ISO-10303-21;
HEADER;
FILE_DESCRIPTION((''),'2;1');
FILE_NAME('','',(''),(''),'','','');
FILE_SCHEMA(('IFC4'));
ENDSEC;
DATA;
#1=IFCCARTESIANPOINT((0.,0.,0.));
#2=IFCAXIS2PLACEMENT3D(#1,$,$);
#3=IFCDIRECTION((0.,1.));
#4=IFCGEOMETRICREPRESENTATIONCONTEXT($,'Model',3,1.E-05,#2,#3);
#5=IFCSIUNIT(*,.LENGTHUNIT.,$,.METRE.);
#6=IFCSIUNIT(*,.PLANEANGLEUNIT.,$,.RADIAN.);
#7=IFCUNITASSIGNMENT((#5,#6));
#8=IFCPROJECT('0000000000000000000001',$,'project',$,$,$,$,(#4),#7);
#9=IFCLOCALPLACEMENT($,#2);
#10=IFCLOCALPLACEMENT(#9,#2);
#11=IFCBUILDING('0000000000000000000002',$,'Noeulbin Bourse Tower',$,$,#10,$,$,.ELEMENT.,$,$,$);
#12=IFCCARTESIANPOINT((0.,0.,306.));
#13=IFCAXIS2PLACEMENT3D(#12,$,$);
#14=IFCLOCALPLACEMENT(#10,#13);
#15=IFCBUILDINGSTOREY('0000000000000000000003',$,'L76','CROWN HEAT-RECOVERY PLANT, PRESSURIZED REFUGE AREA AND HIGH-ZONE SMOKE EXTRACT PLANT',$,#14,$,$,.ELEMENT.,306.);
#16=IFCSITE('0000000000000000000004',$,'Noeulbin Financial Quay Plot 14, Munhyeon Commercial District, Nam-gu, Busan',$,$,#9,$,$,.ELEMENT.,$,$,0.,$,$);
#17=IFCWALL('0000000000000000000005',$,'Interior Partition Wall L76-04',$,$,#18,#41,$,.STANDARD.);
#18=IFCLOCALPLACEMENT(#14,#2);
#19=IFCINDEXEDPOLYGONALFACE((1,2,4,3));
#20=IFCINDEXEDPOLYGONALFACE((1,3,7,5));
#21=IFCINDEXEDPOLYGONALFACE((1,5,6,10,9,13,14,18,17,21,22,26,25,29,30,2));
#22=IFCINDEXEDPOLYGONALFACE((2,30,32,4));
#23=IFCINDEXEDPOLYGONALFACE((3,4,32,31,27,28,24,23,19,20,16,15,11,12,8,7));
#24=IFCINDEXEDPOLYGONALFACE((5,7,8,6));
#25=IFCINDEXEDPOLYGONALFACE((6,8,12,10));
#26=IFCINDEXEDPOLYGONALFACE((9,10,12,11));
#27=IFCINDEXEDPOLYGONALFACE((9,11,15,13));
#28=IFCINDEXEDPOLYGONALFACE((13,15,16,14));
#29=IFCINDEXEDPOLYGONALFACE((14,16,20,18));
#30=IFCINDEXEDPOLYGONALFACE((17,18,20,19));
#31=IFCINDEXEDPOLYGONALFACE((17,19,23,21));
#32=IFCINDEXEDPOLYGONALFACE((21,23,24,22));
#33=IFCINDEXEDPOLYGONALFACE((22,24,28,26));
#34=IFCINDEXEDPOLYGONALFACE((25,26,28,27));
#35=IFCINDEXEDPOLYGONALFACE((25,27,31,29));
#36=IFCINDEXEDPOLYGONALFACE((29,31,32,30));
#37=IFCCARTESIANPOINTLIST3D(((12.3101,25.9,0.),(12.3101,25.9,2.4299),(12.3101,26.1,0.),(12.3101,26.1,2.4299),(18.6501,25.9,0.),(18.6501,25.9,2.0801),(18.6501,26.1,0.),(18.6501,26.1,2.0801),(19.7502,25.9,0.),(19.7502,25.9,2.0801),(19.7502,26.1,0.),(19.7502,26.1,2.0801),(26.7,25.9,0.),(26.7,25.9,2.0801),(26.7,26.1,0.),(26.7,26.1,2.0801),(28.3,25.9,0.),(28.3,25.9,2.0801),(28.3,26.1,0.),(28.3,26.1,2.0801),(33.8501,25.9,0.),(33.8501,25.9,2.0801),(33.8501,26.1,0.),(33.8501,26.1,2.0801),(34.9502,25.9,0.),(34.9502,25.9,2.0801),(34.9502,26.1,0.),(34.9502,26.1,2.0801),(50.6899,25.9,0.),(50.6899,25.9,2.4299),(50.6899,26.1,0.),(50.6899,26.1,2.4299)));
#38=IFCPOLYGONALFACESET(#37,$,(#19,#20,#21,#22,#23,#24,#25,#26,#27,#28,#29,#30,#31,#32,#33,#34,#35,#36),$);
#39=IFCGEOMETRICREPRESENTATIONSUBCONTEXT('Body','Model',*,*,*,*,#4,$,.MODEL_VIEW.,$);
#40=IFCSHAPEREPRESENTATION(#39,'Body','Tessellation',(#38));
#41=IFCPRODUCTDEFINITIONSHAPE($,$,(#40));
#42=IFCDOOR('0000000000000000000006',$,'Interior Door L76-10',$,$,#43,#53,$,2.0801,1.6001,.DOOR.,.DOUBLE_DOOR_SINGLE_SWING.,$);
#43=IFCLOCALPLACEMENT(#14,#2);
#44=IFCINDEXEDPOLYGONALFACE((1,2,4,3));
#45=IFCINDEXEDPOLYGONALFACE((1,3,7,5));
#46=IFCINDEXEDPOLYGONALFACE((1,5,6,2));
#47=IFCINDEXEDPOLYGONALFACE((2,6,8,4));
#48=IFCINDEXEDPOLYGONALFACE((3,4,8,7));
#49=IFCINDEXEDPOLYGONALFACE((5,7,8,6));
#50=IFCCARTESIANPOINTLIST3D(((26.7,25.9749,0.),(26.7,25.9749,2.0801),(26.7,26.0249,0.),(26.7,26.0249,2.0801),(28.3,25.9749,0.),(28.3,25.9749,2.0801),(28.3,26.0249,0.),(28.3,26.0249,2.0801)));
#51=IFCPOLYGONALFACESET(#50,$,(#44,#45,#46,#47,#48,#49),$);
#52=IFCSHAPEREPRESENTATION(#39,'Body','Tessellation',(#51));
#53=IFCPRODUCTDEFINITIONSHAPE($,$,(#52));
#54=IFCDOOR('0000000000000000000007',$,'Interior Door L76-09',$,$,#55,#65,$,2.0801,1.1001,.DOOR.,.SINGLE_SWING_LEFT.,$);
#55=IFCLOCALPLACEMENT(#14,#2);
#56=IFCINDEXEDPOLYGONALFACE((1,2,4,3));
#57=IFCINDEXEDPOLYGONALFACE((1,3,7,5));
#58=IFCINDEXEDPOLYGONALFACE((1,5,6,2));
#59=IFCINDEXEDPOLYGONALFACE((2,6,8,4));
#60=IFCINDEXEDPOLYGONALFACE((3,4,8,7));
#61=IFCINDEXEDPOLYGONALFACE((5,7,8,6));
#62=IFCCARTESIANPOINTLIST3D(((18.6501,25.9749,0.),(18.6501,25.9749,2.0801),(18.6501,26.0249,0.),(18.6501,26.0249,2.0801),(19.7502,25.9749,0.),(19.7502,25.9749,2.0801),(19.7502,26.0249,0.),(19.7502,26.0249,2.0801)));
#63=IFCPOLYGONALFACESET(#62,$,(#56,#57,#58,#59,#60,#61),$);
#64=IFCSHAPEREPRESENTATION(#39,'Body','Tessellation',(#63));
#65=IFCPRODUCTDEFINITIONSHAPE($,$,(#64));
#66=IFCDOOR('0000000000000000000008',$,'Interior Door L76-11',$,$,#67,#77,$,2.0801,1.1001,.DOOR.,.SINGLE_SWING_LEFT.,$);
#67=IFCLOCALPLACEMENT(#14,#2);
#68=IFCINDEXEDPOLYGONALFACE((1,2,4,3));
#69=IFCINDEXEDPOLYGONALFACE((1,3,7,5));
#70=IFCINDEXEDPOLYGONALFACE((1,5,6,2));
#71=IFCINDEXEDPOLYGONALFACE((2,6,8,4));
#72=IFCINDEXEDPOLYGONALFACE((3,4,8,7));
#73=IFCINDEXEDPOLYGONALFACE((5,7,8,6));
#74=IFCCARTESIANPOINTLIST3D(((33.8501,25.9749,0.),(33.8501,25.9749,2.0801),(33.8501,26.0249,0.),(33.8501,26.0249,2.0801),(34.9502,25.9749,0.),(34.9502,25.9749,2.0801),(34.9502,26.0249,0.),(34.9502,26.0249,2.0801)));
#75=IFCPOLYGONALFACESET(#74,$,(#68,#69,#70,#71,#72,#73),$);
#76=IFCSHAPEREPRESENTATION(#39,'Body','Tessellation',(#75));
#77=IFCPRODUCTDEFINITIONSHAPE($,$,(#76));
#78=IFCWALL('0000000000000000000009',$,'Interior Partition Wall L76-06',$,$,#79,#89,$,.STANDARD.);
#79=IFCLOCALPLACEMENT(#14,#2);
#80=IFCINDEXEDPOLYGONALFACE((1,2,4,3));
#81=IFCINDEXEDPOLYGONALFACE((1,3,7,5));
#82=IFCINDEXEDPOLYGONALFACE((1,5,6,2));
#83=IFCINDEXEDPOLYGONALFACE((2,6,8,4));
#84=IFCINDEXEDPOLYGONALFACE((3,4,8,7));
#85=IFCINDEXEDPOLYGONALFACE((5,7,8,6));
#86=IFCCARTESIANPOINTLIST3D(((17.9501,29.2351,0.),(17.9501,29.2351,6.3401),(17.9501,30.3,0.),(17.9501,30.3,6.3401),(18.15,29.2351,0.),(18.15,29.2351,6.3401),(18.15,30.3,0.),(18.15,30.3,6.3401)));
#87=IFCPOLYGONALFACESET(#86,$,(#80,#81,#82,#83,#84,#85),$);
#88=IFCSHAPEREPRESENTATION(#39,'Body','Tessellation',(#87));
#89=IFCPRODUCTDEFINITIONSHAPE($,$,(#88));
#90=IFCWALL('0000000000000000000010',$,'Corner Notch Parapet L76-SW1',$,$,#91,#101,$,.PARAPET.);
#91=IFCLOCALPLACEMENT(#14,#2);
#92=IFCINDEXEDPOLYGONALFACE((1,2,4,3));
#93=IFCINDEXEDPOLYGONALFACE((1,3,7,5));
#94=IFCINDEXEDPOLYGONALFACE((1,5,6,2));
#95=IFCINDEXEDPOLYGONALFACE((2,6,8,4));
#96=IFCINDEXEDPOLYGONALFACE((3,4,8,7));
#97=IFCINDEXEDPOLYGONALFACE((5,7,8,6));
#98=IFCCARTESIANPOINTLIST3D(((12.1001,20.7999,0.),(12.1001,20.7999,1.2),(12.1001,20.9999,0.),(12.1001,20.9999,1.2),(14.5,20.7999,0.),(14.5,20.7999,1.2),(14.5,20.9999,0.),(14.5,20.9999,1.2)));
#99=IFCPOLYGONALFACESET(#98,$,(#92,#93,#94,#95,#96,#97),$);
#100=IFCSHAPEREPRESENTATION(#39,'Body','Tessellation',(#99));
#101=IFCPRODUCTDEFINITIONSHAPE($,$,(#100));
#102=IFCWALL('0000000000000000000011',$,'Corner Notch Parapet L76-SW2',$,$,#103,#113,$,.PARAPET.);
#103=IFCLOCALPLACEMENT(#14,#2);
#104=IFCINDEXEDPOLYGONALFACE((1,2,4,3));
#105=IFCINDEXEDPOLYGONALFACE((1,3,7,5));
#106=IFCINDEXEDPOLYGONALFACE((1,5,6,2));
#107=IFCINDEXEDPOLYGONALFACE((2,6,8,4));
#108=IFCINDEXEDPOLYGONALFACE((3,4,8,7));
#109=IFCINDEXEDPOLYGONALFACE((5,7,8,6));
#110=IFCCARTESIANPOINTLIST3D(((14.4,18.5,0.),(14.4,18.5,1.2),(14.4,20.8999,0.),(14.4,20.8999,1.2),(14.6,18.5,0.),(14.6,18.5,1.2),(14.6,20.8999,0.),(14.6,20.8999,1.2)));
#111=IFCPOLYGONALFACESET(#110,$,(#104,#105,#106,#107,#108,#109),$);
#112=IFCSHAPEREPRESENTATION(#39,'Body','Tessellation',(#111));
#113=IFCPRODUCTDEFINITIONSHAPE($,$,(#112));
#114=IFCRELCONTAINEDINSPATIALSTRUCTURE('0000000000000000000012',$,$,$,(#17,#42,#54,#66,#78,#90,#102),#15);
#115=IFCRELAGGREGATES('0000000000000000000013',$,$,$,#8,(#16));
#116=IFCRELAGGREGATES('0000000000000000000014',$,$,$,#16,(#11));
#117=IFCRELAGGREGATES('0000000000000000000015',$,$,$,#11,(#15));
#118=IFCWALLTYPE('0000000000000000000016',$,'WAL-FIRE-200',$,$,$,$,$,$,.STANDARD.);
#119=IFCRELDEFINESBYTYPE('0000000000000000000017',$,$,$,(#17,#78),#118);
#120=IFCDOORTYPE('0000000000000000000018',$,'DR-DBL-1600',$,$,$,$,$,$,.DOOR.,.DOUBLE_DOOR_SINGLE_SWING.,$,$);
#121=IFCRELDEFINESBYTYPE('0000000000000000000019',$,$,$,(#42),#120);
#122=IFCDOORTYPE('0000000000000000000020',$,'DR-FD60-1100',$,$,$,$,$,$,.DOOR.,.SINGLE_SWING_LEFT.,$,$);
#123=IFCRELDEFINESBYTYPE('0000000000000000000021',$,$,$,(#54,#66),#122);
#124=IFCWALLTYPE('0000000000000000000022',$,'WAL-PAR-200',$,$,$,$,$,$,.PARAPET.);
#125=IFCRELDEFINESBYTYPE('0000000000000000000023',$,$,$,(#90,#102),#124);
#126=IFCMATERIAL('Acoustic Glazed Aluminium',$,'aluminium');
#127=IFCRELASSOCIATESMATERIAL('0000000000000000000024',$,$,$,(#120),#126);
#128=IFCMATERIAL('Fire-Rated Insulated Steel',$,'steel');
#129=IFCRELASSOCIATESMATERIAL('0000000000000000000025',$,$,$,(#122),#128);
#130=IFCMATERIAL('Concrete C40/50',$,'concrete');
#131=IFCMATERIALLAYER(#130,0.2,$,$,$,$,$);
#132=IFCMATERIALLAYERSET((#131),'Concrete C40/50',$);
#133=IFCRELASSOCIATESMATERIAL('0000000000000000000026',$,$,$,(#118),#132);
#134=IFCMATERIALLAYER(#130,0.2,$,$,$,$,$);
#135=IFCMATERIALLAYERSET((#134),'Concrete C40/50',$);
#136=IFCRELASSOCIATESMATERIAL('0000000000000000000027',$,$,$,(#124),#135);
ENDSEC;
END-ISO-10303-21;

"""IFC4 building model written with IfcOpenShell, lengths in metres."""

from ifc_helpers import new_model, si_unit, direction, frame, frame_2d, origin, place, context, subcontext, project, spatial, rectangle, extrude, material, layer, layer_set, type_object, element, fill, save


model = new_model("IFC4")

# Units and contexts
model_context = context("Model", 3, precision=1e-05, world=origin(), true_north=direction((0.0, 1.0)))
body_context = subcontext(model_context, "Body", "Model", "MODEL_VIEW")
ifc_project = project(units=[si_unit("LENGTHUNIT", "METRE"), si_unit("PLANEANGLEUNIT", "RADIAN")], contexts=[model_context])

# Site, building, storey
site_placement = place(None, origin())
site = spatial("IfcSite", under=ifc_project, at=site_placement, Name="Noeulbin Financial Quay Plot 14, Munhyeon Commercial District, Nam-gu, Busan", CompositionType="ELEMENT", RefElevation=0.0)
building_placement = place(site_placement, origin())
building = spatial("IfcBuilding", under=site, at=building_placement, Name="Noeulbin Bourse Tower", CompositionType="ELEMENT")
storey_placement = place(building_placement, frame((0.0, 0.0, 306.0)))
storey = spatial("IfcBuildingStorey", under=building, at=storey_placement, Name="L76", Description="CROWN HEAT-RECOVERY PLANT, PRESSURIZED REFUGE AREA AND HIGH-ZONE SMOKE EXTRACT PLANT", CompositionType="ELEMENT", Elevation=306.0)

# Wall, openings, doors
ifc_material_1 = material(Name="Acoustic Glazed Aluminium", Category="aluminium")
door_type_1 = type_object("IfcDoorType", Name="DR-DBL-1600", OperationType="DOUBLE_DOOR_SINGLE_SWING", PredefinedType="DOOR", material=ifc_material_1)
ifc_material_2 = material(Name="Fire-Rated Insulated Steel", Category="steel")
door_type_2 = type_object("IfcDoorType", Name="DR-FD60-1100", OperationType="SINGLE_SWING_LEFT", PredefinedType="DOOR", material=ifc_material_2)
ifc_material_3 = material(Name="Concrete C40/50", Category="concrete")
ifc_layer_1 = layer(ifc_material_3, 0.2)
ifc_layer_set_1 = layer_set([ifc_layer_1], Name="Concrete C40/50")
wall_type_1 = type_object("IfcWallType", Name="WAL-FIRE-200", PredefinedType="STANDARD", material=ifc_layer_set_1)
wall_1_placement = place(storey_placement, frame((12.3101, 26.0, 0.0), z_axis=(0.0, 0.0, 1.0), x_axis=(1.0, 0.0, 0.0)))
wall_1 = element("IfcWall", 1, at=wall_1_placement, inside=storey, type_object=wall_type_1, Name="Interior Partition Wall L76-04", PredefinedType="STANDARD", context=body_context, shape_type="SweptSolid", body=[
    extrude(rectangle(XDim=38.3799, YDim=0.2, at=frame_2d((19.1899, 0.0))), origin(), (0.0, 0.0, 1.0), 2.4299),
])
opening_1_placement = place(wall_1_placement, frame((6.3401, 0.0, 0.0)))
opening_1 = element("IfcOpeningElement", 2, at=opening_1_placement, cuts=wall_1, PredefinedType="OPENING", context=body_context, shape_type="SweptSolid", body=[
    extrude(rectangle(XDim=1.1001, YDim=2.0801, at=frame_2d((0.55, 1.04))), frame((0.0, 0.1099, 0.0), z_axis=(0.0, -1.0, 0.0), x_axis=(1.0, 0.0, 0.0)), (0.0, 0.0, 1.0), 0.22),
])
opening_2_placement = place(wall_1_placement, frame((14.3899, 0.0, 0.0)))
opening_2 = element("IfcOpeningElement", 3, at=opening_2_placement, cuts=wall_1, PredefinedType="OPENING", context=body_context, shape_type="SweptSolid", body=[
    extrude(rectangle(XDim=1.6001, YDim=2.0801, at=frame_2d((0.8, 1.04))), frame((0.0, 0.1099, 0.0), z_axis=(0.0, -1.0, 0.0), x_axis=(1.0, 0.0, 0.0)), (0.0, 0.0, 1.0), 0.22),
])
opening_3_placement = place(wall_1_placement, frame((21.54, 0.0, 0.0)))
opening_3 = element("IfcOpeningElement", 4, at=opening_3_placement, cuts=wall_1, PredefinedType="OPENING", context=body_context, shape_type="SweptSolid", body=[
    extrude(rectangle(XDim=1.1001, YDim=2.0801, at=frame_2d((0.55, 1.04))), frame((0.0, 0.1099, 0.0), z_axis=(0.0, -1.0, 0.0), x_axis=(1.0, 0.0, 0.0)), (0.0, 0.0, 1.0), 0.22),
])
door_1_placement = place(opening_2_placement, origin())
door_1 = element("IfcDoor", 5, at=door_1_placement, inside=storey, type_object=door_type_1, Name="Interior Door L76-10", OperationType="DOUBLE_DOOR_SINGLE_SWING", OverallHeight=2.0801, OverallWidth=1.6001, PredefinedType="DOOR", context=body_context, shape_type="SweptSolid", body=[
    extrude(rectangle(XDim=1.6001, YDim=2.0801, at=frame_2d((0.8, 1.04))), frame((0.0, 0.0249, 0.0), z_axis=(0.0, -1.0, 0.0), x_axis=(1.0, 0.0, 0.0)), (0.0, 0.0, 1.0), 0.05),
])
fill(opening_2, door_1)
door_2_placement = place(opening_1_placement, origin())
door_2 = element("IfcDoor", 6, at=door_2_placement, inside=storey, type_object=door_type_2, Name="Interior Door L76-09", OperationType="SINGLE_SWING_LEFT", OverallHeight=2.0801, OverallWidth=1.1001, PredefinedType="DOOR", context=body_context, shape_type="SweptSolid", body=[
    extrude(rectangle(XDim=1.1001, YDim=2.0801, at=frame_2d((0.55, 1.04))), frame((0.0, 0.0249, 0.0), z_axis=(0.0, -1.0, 0.0), x_axis=(1.0, 0.0, 0.0)), (0.0, 0.0, 1.0), 0.05),
])
fill(opening_1, door_2)
door_3_placement = place(opening_3_placement, origin())
door_3 = element("IfcDoor", 7, at=door_3_placement, inside=storey, type_object=door_type_2, Name="Interior Door L76-11", OperationType="SINGLE_SWING_LEFT", OverallHeight=2.0801, OverallWidth=1.1001, PredefinedType="DOOR", context=body_context, shape_type="SweptSolid", body=[
    extrude(rectangle(XDim=1.1001, YDim=2.0801, at=frame_2d((0.55, 1.04))), frame((0.0, 0.0249, 0.0), z_axis=(0.0, -1.0, 0.0), x_axis=(1.0, 0.0, 0.0)), (0.0, 0.0, 1.0), 0.05),
])
fill(opening_3, door_3)

# Walls
wall_2_placement = place(storey_placement, frame((18.05, 29.2351, 0.0), z_axis=(0.0, 0.0, 1.0), x_axis=(0.0, 1.0, 0.0)))
element("IfcWall", 8, at=wall_2_placement, inside=storey, type_object=wall_type_1, Name="Interior Partition Wall L76-06", PredefinedType="STANDARD", context=body_context, shape_type="SweptSolid", body=[
    extrude(rectangle(XDim=1.0649, YDim=0.2, at=frame_2d((0.5325, 0.0))), origin(), (0.0, 0.0, 1.0), 6.3401),
])
ifc_layer_2 = layer(ifc_material_3, 0.2)
ifc_layer_set_2 = layer_set([ifc_layer_2], Name="Concrete C40/50")
wall_type_2 = type_object("IfcWallType", Name="WAL-PAR-200", PredefinedType="PARAPET", material=ifc_layer_set_2)
for number, where, z_axis, x_axis, name in (
    (9, (12.1001, 20.8999, 0.0), (0.0, 0.0, 1.0), (1.0, 0.0, 0.0), "Corner Notch Parapet L76-SW1"),
    (10, (14.5, 20.8999, 0.0), (0.0, 0.0, 1.0), (0.0, -1.0, 0.0), "Corner Notch Parapet L76-SW2"),
):
    element("IfcWall", number, at=place(storey_placement, frame(where, z_axis=z_axis, x_axis=x_axis)), inside=storey, type_object=wall_type_2, Name=name, PredefinedType="PARAPET", context=body_context, shape_type="SweptSolid", body=[
        extrude(rectangle(XDim=2.3999, YDim=0.2, at=frame_2d((1.2, 0.0))), origin(), (0.0, 0.0, 1.0), 1.2),
    ])

save(model, "model.ifc")
